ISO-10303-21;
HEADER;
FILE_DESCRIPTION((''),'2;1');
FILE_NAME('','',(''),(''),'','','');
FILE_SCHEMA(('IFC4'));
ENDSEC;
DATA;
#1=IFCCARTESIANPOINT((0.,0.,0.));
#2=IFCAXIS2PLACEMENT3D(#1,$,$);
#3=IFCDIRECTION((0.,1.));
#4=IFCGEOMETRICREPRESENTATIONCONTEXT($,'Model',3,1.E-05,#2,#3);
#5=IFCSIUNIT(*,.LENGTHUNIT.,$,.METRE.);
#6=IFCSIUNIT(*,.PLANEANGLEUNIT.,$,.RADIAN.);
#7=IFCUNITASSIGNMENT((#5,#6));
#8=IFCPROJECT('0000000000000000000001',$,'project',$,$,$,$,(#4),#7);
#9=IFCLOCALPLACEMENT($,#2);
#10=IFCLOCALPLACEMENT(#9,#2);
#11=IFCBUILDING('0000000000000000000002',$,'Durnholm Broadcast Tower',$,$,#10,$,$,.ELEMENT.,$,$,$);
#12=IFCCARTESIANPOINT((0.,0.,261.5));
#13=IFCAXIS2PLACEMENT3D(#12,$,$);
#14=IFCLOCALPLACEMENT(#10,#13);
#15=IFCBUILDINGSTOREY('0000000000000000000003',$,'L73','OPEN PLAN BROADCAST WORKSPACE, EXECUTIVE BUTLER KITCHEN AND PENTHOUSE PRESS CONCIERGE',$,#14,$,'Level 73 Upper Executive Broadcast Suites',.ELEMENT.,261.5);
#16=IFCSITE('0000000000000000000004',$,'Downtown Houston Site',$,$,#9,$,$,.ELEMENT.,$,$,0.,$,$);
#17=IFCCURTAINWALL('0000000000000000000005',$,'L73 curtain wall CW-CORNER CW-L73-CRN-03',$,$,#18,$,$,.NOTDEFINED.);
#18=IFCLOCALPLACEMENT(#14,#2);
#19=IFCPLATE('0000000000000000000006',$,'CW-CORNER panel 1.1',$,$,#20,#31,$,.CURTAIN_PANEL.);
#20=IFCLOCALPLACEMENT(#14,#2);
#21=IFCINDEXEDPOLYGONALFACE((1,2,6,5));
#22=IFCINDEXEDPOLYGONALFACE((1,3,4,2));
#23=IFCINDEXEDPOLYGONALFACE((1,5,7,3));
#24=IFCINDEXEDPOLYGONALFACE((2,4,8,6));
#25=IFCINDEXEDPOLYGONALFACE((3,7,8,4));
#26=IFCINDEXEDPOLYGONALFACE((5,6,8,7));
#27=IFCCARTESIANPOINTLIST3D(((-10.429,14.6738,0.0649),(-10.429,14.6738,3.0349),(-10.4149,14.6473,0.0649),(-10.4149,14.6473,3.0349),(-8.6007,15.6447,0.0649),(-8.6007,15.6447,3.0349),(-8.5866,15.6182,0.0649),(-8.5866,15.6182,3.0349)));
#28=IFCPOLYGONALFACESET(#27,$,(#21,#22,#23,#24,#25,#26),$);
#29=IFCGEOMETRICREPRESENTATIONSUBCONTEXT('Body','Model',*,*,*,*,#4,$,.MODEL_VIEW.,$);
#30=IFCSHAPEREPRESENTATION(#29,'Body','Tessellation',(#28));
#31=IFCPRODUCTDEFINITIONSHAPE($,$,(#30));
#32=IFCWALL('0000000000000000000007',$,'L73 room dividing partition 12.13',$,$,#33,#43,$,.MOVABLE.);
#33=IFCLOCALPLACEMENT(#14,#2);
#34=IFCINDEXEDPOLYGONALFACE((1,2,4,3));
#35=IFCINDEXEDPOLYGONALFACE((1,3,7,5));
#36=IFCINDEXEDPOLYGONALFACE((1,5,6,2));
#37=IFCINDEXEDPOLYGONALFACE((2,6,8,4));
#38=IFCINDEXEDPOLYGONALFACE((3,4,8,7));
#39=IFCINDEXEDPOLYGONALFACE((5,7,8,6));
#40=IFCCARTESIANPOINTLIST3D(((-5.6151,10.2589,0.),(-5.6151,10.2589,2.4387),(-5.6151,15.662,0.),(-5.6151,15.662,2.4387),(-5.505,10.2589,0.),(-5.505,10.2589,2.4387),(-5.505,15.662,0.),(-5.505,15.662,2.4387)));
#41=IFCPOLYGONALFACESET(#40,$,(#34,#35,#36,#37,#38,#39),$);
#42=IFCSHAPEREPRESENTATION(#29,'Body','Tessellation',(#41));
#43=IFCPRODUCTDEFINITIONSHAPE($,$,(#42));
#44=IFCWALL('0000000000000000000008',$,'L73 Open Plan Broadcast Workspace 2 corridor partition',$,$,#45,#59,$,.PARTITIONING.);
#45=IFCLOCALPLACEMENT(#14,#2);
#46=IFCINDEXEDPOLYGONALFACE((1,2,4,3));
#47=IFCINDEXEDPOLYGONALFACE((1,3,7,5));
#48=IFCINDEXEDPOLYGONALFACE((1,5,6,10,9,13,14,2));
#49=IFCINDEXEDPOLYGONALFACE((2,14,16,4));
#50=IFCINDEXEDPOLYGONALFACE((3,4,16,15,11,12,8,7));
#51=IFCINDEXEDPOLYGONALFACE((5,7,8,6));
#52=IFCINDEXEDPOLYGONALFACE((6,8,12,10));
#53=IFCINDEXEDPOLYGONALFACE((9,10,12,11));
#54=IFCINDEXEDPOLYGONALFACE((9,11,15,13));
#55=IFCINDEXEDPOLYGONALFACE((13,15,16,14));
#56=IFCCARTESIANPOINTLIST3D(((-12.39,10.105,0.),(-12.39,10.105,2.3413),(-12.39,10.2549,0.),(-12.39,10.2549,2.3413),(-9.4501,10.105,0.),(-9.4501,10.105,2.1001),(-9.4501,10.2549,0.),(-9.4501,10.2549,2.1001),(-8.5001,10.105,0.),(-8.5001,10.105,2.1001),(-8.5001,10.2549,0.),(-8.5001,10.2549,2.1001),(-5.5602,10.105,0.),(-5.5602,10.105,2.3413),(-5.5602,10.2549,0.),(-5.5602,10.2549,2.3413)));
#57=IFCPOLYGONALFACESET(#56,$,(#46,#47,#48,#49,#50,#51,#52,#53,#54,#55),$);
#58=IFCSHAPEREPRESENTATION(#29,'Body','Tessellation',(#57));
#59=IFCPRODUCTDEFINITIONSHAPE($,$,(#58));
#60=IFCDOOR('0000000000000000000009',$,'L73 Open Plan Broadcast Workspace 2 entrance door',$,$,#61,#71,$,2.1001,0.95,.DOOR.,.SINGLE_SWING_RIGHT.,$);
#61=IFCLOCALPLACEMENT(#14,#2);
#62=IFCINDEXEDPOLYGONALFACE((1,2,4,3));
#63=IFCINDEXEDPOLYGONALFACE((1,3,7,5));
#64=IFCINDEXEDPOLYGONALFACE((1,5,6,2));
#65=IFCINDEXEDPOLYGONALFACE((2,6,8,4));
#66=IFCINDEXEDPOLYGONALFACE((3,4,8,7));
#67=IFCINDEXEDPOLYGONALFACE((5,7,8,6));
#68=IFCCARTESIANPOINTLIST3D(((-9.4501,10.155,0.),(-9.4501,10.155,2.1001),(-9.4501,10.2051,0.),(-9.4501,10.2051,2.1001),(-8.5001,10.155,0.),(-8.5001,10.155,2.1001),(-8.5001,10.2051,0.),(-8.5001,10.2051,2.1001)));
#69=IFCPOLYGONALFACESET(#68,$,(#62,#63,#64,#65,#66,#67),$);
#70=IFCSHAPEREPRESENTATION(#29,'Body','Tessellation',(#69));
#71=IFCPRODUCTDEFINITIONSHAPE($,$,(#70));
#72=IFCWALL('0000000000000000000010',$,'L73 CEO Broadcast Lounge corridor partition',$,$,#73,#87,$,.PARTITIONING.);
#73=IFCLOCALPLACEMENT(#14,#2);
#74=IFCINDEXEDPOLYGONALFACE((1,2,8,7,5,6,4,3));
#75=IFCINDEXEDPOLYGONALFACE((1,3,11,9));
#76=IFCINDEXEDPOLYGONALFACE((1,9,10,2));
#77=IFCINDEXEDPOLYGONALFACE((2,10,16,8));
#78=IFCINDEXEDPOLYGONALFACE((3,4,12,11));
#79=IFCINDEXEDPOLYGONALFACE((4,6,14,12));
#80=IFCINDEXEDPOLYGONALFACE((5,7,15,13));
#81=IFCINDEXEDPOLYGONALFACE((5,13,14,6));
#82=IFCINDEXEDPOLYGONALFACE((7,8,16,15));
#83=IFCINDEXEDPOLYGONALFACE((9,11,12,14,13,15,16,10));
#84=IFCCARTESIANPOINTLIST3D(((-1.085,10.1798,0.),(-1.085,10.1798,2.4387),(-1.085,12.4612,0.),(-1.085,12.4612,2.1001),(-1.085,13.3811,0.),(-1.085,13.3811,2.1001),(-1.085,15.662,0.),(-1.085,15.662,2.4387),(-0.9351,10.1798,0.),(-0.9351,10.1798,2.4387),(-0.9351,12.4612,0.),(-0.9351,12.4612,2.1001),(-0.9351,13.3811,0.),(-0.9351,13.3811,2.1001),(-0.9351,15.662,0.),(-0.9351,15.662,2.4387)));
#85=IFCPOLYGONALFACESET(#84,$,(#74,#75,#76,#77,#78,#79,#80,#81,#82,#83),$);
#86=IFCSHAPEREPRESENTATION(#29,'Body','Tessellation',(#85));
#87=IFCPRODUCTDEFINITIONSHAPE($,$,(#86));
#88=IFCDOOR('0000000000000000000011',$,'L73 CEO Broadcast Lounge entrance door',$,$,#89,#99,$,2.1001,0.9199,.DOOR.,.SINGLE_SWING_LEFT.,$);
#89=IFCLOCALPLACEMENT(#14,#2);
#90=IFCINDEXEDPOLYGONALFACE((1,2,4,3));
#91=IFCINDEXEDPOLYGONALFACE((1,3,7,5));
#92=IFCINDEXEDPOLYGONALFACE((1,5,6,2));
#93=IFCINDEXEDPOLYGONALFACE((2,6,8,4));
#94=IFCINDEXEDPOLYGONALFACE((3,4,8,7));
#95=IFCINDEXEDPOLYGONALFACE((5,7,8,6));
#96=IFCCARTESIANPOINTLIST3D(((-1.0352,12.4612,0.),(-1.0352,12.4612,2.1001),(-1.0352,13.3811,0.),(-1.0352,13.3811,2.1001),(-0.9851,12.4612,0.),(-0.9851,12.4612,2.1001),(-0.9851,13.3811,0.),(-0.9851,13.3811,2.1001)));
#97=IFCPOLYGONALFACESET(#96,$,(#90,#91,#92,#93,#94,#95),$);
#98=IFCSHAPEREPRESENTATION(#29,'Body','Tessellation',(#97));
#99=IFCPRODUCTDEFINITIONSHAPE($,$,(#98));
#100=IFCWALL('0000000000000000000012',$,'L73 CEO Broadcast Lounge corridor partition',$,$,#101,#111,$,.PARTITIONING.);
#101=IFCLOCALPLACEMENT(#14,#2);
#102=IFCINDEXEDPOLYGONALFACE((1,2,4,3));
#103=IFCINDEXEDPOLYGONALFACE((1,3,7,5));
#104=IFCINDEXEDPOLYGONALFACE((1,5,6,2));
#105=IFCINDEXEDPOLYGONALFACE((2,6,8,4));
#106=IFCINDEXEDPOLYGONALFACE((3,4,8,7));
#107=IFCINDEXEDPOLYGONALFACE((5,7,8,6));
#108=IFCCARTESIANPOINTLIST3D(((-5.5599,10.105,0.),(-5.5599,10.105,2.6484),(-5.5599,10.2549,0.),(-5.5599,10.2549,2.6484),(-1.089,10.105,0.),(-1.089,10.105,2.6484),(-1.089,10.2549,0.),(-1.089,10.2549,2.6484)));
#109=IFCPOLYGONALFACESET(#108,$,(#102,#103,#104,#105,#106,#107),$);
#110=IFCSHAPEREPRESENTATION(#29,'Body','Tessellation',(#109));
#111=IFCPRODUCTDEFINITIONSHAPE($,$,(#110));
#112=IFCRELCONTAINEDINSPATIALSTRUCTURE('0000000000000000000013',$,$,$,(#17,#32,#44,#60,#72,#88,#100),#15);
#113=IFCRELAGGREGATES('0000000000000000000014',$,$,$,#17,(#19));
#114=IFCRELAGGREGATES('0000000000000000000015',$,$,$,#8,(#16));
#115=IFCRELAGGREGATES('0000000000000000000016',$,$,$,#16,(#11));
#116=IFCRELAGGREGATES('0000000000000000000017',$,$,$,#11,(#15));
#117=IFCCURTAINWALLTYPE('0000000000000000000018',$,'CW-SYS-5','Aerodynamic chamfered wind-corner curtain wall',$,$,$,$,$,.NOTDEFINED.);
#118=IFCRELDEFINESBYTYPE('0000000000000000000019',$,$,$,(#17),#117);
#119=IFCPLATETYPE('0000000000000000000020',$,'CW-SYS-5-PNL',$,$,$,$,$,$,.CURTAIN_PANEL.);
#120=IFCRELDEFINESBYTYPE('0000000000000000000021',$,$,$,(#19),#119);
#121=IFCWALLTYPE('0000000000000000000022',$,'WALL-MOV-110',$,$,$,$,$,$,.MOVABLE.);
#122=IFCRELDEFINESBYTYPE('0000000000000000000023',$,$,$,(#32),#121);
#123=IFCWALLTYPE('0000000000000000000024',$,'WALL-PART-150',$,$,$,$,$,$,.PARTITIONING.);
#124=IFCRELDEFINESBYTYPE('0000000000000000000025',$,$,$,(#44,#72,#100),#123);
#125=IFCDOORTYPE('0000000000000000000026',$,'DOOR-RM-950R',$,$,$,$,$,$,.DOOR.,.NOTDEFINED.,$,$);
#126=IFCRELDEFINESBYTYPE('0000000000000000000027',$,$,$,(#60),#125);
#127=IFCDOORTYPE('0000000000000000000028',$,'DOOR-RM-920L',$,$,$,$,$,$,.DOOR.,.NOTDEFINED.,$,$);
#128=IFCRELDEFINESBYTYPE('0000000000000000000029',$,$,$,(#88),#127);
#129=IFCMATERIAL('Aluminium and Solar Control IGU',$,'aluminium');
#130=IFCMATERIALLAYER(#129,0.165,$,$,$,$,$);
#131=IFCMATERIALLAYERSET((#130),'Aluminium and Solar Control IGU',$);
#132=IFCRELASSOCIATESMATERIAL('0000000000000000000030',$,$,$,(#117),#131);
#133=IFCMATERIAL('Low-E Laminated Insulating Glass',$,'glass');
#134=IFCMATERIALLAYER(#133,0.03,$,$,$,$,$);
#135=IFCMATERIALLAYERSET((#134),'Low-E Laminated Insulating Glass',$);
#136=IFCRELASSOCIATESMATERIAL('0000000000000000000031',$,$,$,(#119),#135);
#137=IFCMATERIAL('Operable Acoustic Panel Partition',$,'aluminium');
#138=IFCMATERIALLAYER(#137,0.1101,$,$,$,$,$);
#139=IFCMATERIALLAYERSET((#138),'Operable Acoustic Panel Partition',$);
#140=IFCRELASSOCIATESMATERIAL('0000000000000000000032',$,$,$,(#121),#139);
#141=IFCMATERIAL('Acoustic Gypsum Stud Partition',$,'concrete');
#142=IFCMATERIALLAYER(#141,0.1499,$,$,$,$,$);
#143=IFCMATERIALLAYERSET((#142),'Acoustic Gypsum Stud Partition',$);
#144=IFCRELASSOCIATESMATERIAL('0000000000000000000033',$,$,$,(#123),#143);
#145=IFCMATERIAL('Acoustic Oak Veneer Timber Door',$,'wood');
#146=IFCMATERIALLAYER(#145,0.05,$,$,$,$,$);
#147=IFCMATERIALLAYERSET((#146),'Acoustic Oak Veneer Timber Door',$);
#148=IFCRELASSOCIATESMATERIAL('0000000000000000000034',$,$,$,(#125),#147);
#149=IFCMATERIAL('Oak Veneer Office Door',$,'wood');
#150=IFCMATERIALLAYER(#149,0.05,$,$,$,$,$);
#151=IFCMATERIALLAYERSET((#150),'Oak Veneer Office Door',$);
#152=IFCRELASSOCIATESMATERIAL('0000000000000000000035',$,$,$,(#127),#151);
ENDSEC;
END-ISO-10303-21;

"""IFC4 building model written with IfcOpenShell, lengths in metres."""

from ifc_helpers import new_model, si_unit, direction, frame, frame_2d, origin, origin_2d, place, context, subcontext, project, spatial, rectangle, extrude, source, transform, mapped, material, layer, layer_set, type_object, type_shapes, element, fill, aggregate, save


model = new_model("IFC4")

# Units and contexts
model_context = context("Model", 3, precision=1e-05, world=origin(), true_north=direction((0.0, 1.0)))
body_context = subcontext(model_context, "Body", "Model", "MODEL_VIEW")
ifc_project = project(units=[si_unit("LENGTHUNIT", "METRE"), si_unit("PLANEANGLEUNIT", "RADIAN")], contexts=[model_context])

# Site, building, storey
site_placement = place(None, origin())
site = spatial("IfcSite", under=ifc_project, at=site_placement, Name="Downtown Houston Site", CompositionType="ELEMENT", RefElevation=0.0)
building_placement = place(site_placement, origin())
building = spatial("IfcBuilding", under=site, at=building_placement, Name="Durnholm Broadcast Tower", CompositionType="ELEMENT")
storey_placement = place(building_placement, frame((0.0, 0.0, 261.5)))
storey = spatial("IfcBuildingStorey", under=building, at=storey_placement, Name="L73", Description="OPEN PLAN BROADCAST WORKSPACE, EXECUTIVE BUTLER KITCHEN AND PENTHOUSE PRESS CONCIERGE", LongName="Level 73 Upper Executive Broadcast Suites", CompositionType="ELEMENT", Elevation=261.5)

# Shared definitions
ifc_material_1 = material(Name="Aluminium and Solar Control IGU", Category="aluminium")

# Curtain wall
ifc_layer_1 = layer(ifc_material_1, 0.165)
ifc_layer_set_1 = layer_set([ifc_layer_1], Name="Aluminium and Solar Control IGU")
curtain_wall_type_1 = type_object("IfcCurtainWallType", Name="CW-SYS-5", Description="Aerodynamic chamfered wind-corner curtain wall", PredefinedType="NOTDEFINED", material=ifc_layer_set_1)
curtain_wall_1_placement = place(storey_placement, origin())
curtain_wall_1 = element("IfcCurtainWall", 1, at=curtain_wall_1_placement, inside=storey, type_object=curtain_wall_type_1, Name="L73 curtain wall CW-CORNER CW-L73-CRN-03", PredefinedType="NOTDEFINED")

# Plate
ifc_material_2 = material(Name="Low-E Laminated Insulating Glass", Category="glass")
ifc_layer_2 = layer(ifc_material_2, 0.03)
ifc_layer_set_2 = layer_set([ifc_layer_2], Name="Low-E Laminated Insulating Glass")
plate_type_1 = type_object("IfcPlateType", Name="CW-SYS-5-PNL", PredefinedType="CURTAIN_PANEL", material=ifc_layer_set_2)
shared_shape_1 = source(origin(), body_context, "Body", "SweptSolid", [
    extrude(rectangle(XDim=2.0701, YDim=0.03, at=origin_2d()), origin(), (0.0, 0.0, 1.0), 2.97),
])
type_shapes(plate_type_1, [shared_shape_1])
plate_1_placement = place(storey_placement, frame((-9.5078, 15.146, 0.0649), z_axis=(0.0, 0.0, 1.0), x_axis=(0.883195, 0.469007, 0.0)))
plate_1 = element("IfcPlate", 2, at=plate_1_placement, type_object=plate_type_1, Name="CW-CORNER panel 1.1", PredefinedType="CURTAIN_PANEL", context=body_context, shape_type="MappedRepresentation", body=[
    mapped(shared_shape_1, transform((0.0, 0.0, 0.0), x_axis=(1.0, 0.0, 0.0), y_axis=(0.0, 1.0, 0.0), z_axis=(0.0, 0.0, 1.0), scale=1.0)),
])
aggregate(curtain_wall_1, [plate_1])

# Wall
ifc_material_3 = material(Name="Operable Acoustic Panel Partition", Category="aluminium")
ifc_layer_3 = layer(ifc_material_3, 0.1101)
ifc_layer_set_3 = layer_set([ifc_layer_3], Name="Operable Acoustic Panel Partition")
wall_type_1 = type_object("IfcWallType", Name="WALL-MOV-110", PredefinedType="MOVABLE", material=ifc_layer_set_3)
wall_1_placement = place(storey_placement, frame((-5.5601, 15.6621, 0.0), z_axis=(0.0, 0.0, 1.0), x_axis=(0.0, -1.0, 0.0)))
element("IfcWall", 3, at=wall_1_placement, inside=storey, type_object=wall_type_1, Name="L73 room dividing partition 12.13", PredefinedType="MOVABLE", context=body_context, shape_type="SweptSolid", body=[
    extrude(rectangle(XDim=5.4031, YDim=0.1101, at=frame_2d((2.7017, 0.0))), origin(), (0.0, 0.0, 1.0), 2.4387),
])

# Walls, openings, doors
ifc_material_4 = material(Name="Acoustic Gypsum Stud Partition", Category="concrete")
ifc_layer_4 = layer(ifc_material_4, 0.1499)
ifc_layer_set_4 = layer_set([ifc_layer_4], Name="Acoustic Gypsum Stud Partition")
wall_type_2 = type_object("IfcWallType", Name="WALL-PART-150", PredefinedType="PARTITIONING", material=ifc_layer_set_4)
wall_2_placement = place(storey_placement, frame((-5.5601, 10.1799, 0.0), z_axis=(0.0, 0.0, 1.0), x_axis=(-1.0, 0.0, 0.0)))
wall_2 = element("IfcWall", 4, at=wall_2_placement, inside=storey, type_object=wall_type_2, Name="L73 Open Plan Broadcast Workspace 2 corridor partition", PredefinedType="PARTITIONING", context=body_context, shape_type="SweptSolid", body=[
    extrude(rectangle(XDim=6.8298, YDim=0.1499, at=frame_2d((3.415, 0.0))), origin(), (0.0, 0.0, 1.0), 2.3413),
])
opening_1_placement = place(wall_2_placement, frame((2.9399, 0.0, 0.0)))
opening_1 = element("IfcOpeningElement", 5, at=opening_1_placement, cuts=wall_2, PredefinedType="OPENING", context=body_context, shape_type="SweptSolid", body=[
    extrude(rectangle(XDim=0.95, YDim=2.1001, at=frame_2d((0.4751, 1.05))), frame((0.0, 0.085, 0.0), z_axis=(0.0, -1.0, 0.0), x_axis=(1.0, 0.0, 0.0)), (0.0, 0.0, 1.0), 0.1699),
])
ifc_material_5 = material(Name="Acoustic Oak Veneer Timber Door", Category="wood")
ifc_layer_5 = layer(ifc_material_5, 0.05)
ifc_layer_set_5 = layer_set([ifc_layer_5], Name="Acoustic Oak Veneer Timber Door")
door_type_1 = type_object("IfcDoorType", Name="DOOR-RM-950R", OperationType="NOTDEFINED", PredefinedType="DOOR", material=ifc_layer_set_5)
shared_shape_2 = source(origin(), body_context, "Body", "SweptSolid", [
    extrude(rectangle(XDim=0.95, YDim=2.1001, at=frame_2d((0.4751, 1.05))), frame((0.0, 0.0249, 0.0), z_axis=(0.0, -1.0, 0.0), x_axis=(1.0, 0.0, 0.0)), (0.0, 0.0, 1.0), 0.05),
])
type_shapes(door_type_1, [shared_shape_2])
door_1_placement = place(opening_1_placement, origin())
door_1 = element("IfcDoor", 6, at=door_1_placement, inside=storey, type_object=door_type_1, Name="L73 Open Plan Broadcast Workspace 2 entrance door", OperationType="SINGLE_SWING_RIGHT", OverallHeight=2.1001, OverallWidth=0.95, PredefinedType="DOOR", context=body_context, shape_type="MappedRepresentation", body=[
    mapped(shared_shape_2, transform((0.0, 0.0, 0.0), x_axis=(1.0, 0.0, 0.0), y_axis=(0.0, 1.0, 0.0), z_axis=(0.0, 0.0, 1.0), scale=1.0)),
])
fill(opening_1, door_1)
wall_3_placement = place(storey_placement, frame((-1.01, 15.6621, 0.0), z_axis=(0.0, 0.0, 1.0), x_axis=(0.0, -1.0, 0.0)))
wall_3 = element("IfcWall", 7, at=wall_3_placement, inside=storey, type_object=wall_type_2, Name="L73 CEO Broadcast Lounge corridor partition", PredefinedType="PARTITIONING", context=body_context, shape_type="SweptSolid", body=[
    extrude(rectangle(XDim=5.4822, YDim=0.1499, at=frame_2d((2.7412, 0.0))), origin(), (0.0, 0.0, 1.0), 2.4387),
])
opening_2_placement = place(wall_3_placement, frame((2.281, 0.0, 0.0)))
opening_2 = element("IfcOpeningElement", 8, at=opening_2_placement, cuts=wall_3, PredefinedType="OPENING", context=body_context, shape_type="SweptSolid", body=[
    extrude(rectangle(XDim=0.9199, YDim=2.1001, at=frame_2d((0.46, 1.05))), frame((0.0, 0.085, 0.0), z_axis=(0.0, -1.0, 0.0), x_axis=(1.0, 0.0, 0.0)), (0.0, 0.0, 1.0), 0.1699),
])
ifc_material_6 = material(Name="Oak Veneer Office Door", Category="wood")
ifc_layer_6 = layer(ifc_material_6, 0.05)
ifc_layer_set_6 = layer_set([ifc_layer_6], Name="Oak Veneer Office Door")
door_type_2 = type_object("IfcDoorType", Name="DOOR-RM-920L", OperationType="NOTDEFINED", PredefinedType="DOOR", material=ifc_layer_set_6)
shared_shape_3 = source(origin(), body_context, "Body", "SweptSolid", [
    extrude(rectangle(XDim=0.9199, YDim=2.1001, at=frame_2d((0.46, 1.05))), frame((0.0, 0.0249, 0.0), z_axis=(0.0, -1.0, 0.0), x_axis=(1.0, 0.0, 0.0)), (0.0, 0.0, 1.0), 0.05),
])
type_shapes(door_type_2, [shared_shape_3])
door_2_placement = place(opening_2_placement, origin())
door_2 = element("IfcDoor", 9, at=door_2_placement, inside=storey, type_object=door_type_2, Name="L73 CEO Broadcast Lounge entrance door", OperationType="SINGLE_SWING_LEFT", OverallHeight=2.1001, OverallWidth=0.9199, PredefinedType="DOOR", context=body_context, shape_type="MappedRepresentation", body=[
    mapped(shared_shape_3, transform((0.0, 0.0, 0.0), x_axis=(1.0, 0.0, 0.0), y_axis=(0.0, 1.0, 0.0), z_axis=(0.0, 0.0, 1.0), scale=1.0)),
])
fill(opening_2, door_2)

# Wall
wall_4_placement = place(storey_placement, frame((-1.0891, 10.1799, 0.0), z_axis=(0.0, 0.0, 1.0), x_axis=(-1.0, 0.0, 0.0)))
element("IfcWall", 10, at=wall_4_placement, inside=storey, type_object=wall_type_2, Name="L73 CEO Broadcast Lounge corridor partition", PredefinedType="PARTITIONING", context=body_context, shape_type="SweptSolid", body=[
    extrude(rectangle(XDim=4.4709, YDim=0.1499, at=frame_2d((2.2354, 0.0))), origin(), (0.0, 0.0, 1.0), 2.6484),
])

save(model, "model.ifc")
